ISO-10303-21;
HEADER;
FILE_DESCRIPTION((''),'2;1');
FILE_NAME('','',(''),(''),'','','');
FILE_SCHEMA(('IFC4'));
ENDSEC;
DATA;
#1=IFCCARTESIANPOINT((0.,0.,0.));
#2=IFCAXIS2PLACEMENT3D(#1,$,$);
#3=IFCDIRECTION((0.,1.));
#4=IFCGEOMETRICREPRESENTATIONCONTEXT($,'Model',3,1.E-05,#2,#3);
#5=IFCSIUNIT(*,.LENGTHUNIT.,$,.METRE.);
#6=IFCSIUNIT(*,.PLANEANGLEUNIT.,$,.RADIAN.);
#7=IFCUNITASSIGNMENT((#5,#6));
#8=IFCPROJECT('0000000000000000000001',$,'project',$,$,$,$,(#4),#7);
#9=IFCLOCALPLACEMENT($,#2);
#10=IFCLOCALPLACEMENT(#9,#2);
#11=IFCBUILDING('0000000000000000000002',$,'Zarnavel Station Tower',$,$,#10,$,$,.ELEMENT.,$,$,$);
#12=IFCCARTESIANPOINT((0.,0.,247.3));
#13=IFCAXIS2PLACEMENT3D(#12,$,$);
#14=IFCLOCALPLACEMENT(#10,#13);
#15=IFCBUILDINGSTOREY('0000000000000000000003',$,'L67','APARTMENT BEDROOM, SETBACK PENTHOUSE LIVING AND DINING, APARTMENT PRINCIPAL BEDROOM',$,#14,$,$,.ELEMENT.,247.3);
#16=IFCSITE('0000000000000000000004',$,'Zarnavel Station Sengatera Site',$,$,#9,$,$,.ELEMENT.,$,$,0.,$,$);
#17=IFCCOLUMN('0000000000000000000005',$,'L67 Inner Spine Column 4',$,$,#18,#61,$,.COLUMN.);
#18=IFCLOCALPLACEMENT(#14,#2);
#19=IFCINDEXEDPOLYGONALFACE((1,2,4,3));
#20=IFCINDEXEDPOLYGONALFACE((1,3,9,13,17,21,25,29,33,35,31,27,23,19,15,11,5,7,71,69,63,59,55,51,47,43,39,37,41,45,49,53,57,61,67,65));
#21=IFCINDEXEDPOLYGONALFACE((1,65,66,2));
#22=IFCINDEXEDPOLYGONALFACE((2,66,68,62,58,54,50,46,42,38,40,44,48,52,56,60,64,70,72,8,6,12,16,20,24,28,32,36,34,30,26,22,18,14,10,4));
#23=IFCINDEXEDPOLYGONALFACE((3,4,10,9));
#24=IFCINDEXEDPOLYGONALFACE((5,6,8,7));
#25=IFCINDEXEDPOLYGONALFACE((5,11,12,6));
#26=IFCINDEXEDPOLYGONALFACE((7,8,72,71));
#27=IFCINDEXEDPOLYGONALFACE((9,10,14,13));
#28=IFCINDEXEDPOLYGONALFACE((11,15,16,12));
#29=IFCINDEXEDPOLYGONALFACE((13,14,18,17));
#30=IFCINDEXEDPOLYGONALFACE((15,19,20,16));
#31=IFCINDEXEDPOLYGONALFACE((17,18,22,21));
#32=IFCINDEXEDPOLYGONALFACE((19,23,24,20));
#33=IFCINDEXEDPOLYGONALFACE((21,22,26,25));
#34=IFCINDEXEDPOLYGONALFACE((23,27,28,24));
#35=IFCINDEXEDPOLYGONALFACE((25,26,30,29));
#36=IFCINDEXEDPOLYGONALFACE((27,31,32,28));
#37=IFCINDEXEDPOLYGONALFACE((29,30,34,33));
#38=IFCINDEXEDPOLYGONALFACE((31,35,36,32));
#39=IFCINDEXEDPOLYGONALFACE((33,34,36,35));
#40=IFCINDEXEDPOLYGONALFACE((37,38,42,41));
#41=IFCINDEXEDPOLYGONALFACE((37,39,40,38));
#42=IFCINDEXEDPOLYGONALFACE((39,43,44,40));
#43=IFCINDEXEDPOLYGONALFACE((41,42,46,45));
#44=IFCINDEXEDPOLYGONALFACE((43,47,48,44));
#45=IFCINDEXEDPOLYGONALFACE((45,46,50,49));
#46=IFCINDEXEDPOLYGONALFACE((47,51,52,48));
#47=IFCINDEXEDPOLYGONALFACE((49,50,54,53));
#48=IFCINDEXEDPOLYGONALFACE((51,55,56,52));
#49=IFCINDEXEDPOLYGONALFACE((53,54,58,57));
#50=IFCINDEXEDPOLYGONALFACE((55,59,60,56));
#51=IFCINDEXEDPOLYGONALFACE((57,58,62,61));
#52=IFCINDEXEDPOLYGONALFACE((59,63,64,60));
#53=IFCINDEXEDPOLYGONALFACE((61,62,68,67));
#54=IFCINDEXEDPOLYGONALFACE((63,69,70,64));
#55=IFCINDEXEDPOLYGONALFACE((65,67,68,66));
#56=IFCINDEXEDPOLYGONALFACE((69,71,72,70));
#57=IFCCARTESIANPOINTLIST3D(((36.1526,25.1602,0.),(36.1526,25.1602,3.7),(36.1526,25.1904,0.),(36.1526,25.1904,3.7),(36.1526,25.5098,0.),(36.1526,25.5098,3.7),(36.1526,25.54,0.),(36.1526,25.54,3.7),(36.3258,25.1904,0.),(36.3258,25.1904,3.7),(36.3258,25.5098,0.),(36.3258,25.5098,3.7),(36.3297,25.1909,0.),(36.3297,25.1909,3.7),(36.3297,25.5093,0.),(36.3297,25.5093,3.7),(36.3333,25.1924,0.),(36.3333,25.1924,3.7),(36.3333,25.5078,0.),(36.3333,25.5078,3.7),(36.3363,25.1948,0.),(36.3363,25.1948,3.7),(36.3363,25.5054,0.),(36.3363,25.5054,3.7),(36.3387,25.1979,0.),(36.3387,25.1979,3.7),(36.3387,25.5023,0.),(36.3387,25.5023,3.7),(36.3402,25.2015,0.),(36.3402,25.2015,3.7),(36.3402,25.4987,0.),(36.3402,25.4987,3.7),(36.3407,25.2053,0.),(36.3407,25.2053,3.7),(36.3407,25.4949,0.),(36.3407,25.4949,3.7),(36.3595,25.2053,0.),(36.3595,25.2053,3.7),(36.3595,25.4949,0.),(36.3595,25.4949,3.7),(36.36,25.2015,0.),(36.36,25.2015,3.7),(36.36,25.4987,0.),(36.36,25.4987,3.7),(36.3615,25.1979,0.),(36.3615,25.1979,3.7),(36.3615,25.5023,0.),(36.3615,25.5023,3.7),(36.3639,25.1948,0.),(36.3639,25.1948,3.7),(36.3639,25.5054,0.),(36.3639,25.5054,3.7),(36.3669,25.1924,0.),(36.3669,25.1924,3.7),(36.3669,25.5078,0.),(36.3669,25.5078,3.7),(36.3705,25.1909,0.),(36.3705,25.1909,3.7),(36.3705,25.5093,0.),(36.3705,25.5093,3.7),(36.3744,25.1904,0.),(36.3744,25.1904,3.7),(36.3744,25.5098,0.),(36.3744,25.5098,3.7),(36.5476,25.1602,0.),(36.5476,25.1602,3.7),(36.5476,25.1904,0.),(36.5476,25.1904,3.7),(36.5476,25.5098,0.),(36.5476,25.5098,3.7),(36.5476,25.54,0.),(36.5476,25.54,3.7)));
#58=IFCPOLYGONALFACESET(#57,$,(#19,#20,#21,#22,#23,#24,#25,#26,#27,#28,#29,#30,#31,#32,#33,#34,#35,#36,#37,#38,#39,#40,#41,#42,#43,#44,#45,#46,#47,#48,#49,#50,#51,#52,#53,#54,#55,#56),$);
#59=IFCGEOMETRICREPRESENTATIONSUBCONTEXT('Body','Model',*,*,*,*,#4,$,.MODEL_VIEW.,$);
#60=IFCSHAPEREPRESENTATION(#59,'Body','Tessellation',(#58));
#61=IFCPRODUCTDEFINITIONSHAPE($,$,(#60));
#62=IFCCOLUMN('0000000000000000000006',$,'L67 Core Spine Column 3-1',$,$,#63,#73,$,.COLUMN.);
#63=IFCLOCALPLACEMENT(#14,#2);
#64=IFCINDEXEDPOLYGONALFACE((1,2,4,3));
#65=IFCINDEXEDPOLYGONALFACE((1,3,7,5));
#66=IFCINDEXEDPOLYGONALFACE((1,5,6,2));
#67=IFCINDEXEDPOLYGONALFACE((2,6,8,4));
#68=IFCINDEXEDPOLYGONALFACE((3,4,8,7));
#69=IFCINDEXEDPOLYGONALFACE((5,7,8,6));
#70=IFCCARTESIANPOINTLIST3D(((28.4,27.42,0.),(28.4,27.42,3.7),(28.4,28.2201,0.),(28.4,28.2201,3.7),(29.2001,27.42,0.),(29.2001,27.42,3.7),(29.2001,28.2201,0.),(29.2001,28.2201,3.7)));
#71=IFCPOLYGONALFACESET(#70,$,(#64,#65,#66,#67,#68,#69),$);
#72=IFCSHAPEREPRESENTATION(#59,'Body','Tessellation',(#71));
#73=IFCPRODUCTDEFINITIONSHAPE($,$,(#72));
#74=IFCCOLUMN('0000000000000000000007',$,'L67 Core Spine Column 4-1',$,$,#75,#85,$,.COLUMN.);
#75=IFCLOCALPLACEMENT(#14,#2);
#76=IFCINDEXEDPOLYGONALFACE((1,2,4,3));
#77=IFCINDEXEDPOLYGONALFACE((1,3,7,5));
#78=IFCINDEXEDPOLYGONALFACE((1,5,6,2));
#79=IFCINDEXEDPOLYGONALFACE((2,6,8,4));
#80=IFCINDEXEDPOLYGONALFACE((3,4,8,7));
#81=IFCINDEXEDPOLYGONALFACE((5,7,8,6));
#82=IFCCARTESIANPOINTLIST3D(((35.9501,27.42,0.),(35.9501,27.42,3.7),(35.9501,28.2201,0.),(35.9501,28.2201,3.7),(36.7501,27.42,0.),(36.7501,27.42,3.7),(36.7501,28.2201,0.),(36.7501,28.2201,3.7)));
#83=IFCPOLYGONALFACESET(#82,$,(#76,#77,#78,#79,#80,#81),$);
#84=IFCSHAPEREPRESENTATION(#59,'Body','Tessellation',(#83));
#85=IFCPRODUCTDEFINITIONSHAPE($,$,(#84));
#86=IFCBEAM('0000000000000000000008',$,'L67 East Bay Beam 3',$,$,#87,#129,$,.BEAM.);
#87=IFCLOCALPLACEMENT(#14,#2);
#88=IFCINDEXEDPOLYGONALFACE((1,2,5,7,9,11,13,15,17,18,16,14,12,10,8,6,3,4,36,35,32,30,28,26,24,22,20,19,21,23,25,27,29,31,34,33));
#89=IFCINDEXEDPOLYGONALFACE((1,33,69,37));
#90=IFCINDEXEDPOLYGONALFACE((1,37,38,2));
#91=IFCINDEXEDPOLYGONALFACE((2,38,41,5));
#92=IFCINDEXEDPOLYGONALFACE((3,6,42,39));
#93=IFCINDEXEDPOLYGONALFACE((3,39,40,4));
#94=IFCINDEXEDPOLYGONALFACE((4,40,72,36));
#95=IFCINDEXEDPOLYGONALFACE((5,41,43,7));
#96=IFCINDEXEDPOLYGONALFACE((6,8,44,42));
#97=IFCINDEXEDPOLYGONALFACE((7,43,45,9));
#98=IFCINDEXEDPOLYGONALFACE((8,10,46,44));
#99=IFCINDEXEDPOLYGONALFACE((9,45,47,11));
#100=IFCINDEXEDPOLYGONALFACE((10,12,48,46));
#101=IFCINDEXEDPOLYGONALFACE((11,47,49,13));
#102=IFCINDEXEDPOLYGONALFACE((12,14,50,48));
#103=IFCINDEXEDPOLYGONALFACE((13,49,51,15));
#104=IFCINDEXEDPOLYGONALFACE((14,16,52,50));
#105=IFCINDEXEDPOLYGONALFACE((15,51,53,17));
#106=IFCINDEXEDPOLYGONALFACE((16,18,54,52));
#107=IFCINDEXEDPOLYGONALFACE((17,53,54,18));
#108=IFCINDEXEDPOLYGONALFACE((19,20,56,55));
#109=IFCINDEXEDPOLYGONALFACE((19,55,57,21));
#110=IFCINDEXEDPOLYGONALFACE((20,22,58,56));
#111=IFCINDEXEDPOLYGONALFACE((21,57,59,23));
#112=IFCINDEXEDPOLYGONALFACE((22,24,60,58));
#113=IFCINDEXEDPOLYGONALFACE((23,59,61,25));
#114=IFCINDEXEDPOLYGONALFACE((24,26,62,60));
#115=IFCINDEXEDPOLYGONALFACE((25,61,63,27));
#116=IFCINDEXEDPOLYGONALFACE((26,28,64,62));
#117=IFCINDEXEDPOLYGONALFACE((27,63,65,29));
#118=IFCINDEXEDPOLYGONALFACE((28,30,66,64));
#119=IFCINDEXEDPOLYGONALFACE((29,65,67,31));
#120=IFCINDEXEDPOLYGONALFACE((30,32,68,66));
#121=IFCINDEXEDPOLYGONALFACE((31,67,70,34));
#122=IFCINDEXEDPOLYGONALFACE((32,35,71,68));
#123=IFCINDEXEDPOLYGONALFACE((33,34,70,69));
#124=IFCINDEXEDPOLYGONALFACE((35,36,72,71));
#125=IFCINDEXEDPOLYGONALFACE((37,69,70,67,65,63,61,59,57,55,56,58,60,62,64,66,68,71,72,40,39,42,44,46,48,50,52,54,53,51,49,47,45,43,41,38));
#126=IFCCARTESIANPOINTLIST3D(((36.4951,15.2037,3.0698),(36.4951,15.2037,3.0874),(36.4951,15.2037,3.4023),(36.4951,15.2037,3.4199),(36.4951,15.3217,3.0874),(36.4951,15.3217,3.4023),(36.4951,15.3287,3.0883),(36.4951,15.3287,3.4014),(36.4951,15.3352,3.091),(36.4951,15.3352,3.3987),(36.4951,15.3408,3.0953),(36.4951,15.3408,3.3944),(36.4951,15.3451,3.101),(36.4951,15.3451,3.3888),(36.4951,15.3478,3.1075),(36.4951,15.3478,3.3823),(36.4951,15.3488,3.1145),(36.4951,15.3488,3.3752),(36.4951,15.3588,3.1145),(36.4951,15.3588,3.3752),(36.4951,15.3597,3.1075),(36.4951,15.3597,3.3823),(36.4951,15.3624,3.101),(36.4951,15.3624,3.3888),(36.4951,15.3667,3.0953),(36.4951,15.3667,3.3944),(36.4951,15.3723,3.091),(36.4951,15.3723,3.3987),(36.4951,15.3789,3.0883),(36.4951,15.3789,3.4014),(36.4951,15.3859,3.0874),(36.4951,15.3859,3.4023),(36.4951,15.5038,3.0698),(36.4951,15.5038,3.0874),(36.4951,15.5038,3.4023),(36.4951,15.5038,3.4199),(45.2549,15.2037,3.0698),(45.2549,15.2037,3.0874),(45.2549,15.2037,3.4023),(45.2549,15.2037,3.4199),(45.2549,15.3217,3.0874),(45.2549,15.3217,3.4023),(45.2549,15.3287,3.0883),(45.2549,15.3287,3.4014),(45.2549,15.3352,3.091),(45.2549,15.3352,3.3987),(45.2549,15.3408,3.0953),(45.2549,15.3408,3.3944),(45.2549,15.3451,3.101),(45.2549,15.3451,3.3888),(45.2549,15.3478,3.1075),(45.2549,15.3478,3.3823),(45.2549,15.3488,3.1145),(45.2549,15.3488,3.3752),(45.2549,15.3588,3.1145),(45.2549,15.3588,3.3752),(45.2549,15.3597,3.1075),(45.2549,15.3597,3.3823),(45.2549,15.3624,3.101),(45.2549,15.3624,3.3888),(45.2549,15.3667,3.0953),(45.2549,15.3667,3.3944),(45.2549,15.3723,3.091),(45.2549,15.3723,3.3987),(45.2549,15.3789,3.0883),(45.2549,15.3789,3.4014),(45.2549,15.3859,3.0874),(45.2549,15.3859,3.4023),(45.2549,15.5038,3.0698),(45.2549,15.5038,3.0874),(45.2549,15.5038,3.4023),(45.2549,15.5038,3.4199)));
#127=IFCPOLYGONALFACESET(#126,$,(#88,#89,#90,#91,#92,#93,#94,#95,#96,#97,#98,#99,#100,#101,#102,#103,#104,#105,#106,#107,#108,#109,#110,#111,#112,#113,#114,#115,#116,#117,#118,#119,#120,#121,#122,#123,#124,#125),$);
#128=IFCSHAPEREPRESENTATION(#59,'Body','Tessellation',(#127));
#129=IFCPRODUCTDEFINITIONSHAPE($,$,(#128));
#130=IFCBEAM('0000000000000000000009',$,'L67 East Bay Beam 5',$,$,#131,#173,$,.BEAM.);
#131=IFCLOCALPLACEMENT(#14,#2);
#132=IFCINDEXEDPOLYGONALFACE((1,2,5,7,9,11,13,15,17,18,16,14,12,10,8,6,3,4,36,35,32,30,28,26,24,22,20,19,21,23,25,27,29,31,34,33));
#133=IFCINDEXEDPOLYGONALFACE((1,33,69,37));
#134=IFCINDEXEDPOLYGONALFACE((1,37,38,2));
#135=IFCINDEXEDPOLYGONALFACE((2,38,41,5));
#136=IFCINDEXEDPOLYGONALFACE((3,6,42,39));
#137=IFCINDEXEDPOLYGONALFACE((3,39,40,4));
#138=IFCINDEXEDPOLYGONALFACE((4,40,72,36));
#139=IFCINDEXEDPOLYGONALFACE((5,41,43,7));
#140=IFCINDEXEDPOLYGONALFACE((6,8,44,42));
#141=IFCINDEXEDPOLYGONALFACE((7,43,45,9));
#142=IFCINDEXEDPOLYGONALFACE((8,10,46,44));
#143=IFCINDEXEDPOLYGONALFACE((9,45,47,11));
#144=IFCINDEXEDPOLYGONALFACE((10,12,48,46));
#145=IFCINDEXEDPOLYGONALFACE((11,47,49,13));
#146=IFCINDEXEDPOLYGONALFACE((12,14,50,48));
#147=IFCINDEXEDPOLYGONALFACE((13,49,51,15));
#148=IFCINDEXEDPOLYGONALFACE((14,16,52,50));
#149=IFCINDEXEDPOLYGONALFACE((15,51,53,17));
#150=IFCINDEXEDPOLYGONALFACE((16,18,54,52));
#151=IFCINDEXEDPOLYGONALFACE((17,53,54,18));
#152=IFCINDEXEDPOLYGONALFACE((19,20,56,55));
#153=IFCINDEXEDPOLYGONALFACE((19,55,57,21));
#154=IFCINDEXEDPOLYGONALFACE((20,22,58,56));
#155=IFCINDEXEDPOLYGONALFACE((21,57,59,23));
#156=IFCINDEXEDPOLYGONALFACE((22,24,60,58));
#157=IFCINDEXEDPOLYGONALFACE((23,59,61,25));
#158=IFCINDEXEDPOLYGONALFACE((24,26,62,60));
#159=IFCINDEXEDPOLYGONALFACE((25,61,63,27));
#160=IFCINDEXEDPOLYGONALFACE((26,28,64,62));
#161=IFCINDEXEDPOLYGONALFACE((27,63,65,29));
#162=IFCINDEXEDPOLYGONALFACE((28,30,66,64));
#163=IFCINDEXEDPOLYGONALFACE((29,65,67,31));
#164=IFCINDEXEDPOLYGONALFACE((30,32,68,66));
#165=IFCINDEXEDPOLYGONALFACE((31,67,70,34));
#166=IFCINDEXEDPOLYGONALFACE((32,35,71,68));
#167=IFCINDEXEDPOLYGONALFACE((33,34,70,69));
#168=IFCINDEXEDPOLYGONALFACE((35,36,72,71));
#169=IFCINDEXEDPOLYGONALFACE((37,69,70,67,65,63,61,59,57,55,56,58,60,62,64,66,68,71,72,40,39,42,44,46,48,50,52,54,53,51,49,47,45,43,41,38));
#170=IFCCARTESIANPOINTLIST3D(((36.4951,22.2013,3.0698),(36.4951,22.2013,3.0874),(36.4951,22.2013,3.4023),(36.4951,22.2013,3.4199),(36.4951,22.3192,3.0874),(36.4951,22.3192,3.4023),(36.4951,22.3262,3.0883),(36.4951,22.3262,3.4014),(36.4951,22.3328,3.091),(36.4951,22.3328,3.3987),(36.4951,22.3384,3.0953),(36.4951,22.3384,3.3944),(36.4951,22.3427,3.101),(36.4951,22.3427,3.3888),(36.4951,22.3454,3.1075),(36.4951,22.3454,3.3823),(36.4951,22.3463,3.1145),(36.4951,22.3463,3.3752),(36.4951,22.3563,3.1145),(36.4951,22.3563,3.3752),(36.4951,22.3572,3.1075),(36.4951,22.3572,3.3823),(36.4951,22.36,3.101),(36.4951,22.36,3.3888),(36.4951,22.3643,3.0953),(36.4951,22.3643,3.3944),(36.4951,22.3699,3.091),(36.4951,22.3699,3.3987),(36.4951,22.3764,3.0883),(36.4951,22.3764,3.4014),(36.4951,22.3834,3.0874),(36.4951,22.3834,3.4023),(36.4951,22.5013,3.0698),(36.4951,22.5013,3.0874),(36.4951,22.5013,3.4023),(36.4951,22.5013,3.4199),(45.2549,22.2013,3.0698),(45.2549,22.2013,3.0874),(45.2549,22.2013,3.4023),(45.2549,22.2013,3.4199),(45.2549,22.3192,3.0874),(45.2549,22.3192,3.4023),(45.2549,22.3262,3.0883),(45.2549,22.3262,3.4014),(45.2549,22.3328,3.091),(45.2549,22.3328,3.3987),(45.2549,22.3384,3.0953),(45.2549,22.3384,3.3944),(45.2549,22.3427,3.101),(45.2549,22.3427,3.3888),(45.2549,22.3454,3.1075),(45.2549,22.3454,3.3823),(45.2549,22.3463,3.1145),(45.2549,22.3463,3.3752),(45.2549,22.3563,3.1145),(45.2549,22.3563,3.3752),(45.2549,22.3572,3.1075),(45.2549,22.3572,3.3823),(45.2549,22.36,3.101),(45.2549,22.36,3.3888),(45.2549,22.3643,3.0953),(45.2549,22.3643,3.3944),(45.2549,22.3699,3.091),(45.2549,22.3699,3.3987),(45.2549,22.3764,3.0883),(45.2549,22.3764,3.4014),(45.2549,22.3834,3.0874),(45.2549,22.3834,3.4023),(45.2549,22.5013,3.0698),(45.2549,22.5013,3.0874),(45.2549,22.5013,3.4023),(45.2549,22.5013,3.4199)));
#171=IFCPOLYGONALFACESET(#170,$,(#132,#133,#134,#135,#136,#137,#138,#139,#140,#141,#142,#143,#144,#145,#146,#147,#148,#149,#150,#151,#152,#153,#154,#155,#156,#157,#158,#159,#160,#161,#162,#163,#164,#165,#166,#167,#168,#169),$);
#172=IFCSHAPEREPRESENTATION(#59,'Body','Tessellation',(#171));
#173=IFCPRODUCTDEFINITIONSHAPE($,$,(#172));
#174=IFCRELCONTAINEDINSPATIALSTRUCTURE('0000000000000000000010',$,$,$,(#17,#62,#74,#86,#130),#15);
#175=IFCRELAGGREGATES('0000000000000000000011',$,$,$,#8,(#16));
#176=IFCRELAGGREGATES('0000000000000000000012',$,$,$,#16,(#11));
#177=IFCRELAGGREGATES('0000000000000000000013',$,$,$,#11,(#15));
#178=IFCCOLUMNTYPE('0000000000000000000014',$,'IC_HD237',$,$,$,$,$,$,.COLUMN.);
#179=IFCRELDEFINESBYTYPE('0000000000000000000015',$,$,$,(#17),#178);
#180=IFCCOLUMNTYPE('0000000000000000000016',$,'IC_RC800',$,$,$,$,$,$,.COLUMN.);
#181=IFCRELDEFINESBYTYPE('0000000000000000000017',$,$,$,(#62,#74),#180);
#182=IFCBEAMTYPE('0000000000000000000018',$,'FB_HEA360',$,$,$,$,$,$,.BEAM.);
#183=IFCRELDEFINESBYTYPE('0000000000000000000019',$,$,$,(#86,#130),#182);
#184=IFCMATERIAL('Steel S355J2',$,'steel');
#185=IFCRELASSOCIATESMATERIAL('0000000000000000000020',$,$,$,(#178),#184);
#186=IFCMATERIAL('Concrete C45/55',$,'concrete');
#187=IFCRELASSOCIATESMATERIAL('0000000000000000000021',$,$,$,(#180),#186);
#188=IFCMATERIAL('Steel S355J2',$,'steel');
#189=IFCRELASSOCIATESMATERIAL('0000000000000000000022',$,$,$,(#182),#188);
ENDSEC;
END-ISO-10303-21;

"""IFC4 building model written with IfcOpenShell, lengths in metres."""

from ifc_helpers import new_model, si_unit, direction, frame, origin, origin_2d, place, context, subcontext, project, spatial, rectangle, i_section, extrude, material, material_profile, profile_set, type_object, element, save


model = new_model("IFC4")

# Units and contexts
model_context = context("Model", 3, precision=1e-05, world=origin(), true_north=direction((0.0, 1.0)))
body_context = subcontext(model_context, "Body", "Model", "MODEL_VIEW")
ifc_project = project(units=[si_unit("LENGTHUNIT", "METRE"), si_unit("PLANEANGLEUNIT", "RADIAN")], contexts=[model_context])

# Site, building, storey
site_placement = place(None, origin())
site = spatial("IfcSite", under=ifc_project, at=site_placement, Name="Zarnavel Station Sengatera Site", CompositionType="ELEMENT", RefElevation=0.0)
building_placement = place(site_placement, origin())
building = spatial("IfcBuilding", under=site, at=building_placement, Name="Zarnavel Station Tower", CompositionType="ELEMENT")
storey_placement = place(building_placement, frame((0.0, 0.0, 247.3)))
storey = spatial("IfcBuildingStorey", under=building, at=storey_placement, Name="L67", Description="APARTMENT BEDROOM, SETBACK PENTHOUSE LIVING AND DINING, APARTMENT PRINCIPAL BEDROOM", CompositionType="ELEMENT", Elevation=247.3)

# Columns
ifc_material_1 = material(Name="Steel S355J2", Category="steel")
ifc_material_profile_1 = material_profile(ifc_material_1, i_section(OverallWidth=0.395, OverallDepth=0.3799, WebThickness=0.0188, FlangeThickness=0.0303, FilletRadius=0.0149, at=origin_2d()), Name="HD400x237")
ifc_profile_set_1 = profile_set([ifc_material_profile_1], Name="Steel S355J2")
column_type_1 = type_object("IfcColumnType", Name="IC_HD237", PredefinedType="COLUMN", material=ifc_profile_set_1)
column_placement = place(storey_placement, frame((36.3501, 25.3501, 0.0), z_axis=(0.0, 0.0, 1.0), x_axis=(1.0, 0.0, 0.0)))
element("IfcColumn", 1, at=column_placement, inside=storey, type_object=column_type_1, Name="L67 Inner Spine Column 4", PredefinedType="COLUMN", context=body_context, shape_type="SweptSolid", body=[
    extrude(i_section(OverallWidth=0.395, OverallDepth=0.3799, WebThickness=0.0188, FlangeThickness=0.0303, FilletRadius=0.0149, at=origin_2d()), origin(), (0.0, 0.0, 1.0), 3.7),
])
ifc_material_2 = material(Name="Concrete C45/55", Category="concrete")
ifc_material_profile_2 = material_profile(ifc_material_2, rectangle(XDim=0.8, YDim=0.8, at=origin_2d()), Name="RC800x800")
ifc_profile_set_2 = profile_set([ifc_material_profile_2], Name="Concrete C45/55")
column_type_2 = type_object("IfcColumnType", Name="IC_RC800", PredefinedType="COLUMN", material=ifc_profile_set_2)
for number, where, z_axis, x_axis, name in (
    (2, (28.8, 27.8201, 0.0), (0.0, 0.0, 1.0), (1.0, 0.0, 0.0), "L67 Core Spine Column 3-1"),
    (3, (36.3501, 27.8201, 0.0), (0.0, 0.0, 1.0), (1.0, 0.0, 0.0), "L67 Core Spine Column 4-1"),
):
    element("IfcColumn", number, at=place(storey_placement, frame(where, z_axis=z_axis, x_axis=x_axis)), inside=storey, type_object=column_type_2, Name=name, PredefinedType="COLUMN", context=body_context, shape_type="SweptSolid", body=[
        extrude(rectangle(XDim=0.8, YDim=0.8, at=origin_2d()), origin(), (0.0, 0.0, 1.0), 3.7),
    ])

# Beams
ifc_material_3 = material(Name="Steel S355J2", Category="steel")
ifc_material_profile_3 = material_profile(ifc_material_3, i_section(OverallWidth=0.3, OverallDepth=0.3501, WebThickness=0.01, FlangeThickness=0.0176, FilletRadius=0.0271, at=origin_2d()), Name="HEA360")
ifc_profile_set_3 = profile_set([ifc_material_profile_3], Name="Steel S355J2")
beam_type_1 = type_object("IfcBeamType", Name="FB_HEA360", PredefinedType="BEAM", material=ifc_profile_set_3)
for number, where, z_axis, x_axis, name in (
    (4, (36.4951, 15.3538, 3.2449), (1.0, 0.0, 0.0), (0.0, 1.0, 0.0), "L67 East Bay Beam 3"),
    (5, (36.4951, 22.3513, 3.2449), (1.0, 0.0, 0.0), (0.0, 1.0, 0.0), "L67 East Bay Beam 5"),
):
    element("IfcBeam", number, at=place(storey_placement, frame(where, z_axis=z_axis, x_axis=x_axis)), inside=storey, type_object=beam_type_1, Name=name, PredefinedType="BEAM", context=body_context, shape_type="SweptSolid", body=[
        extrude(i_section(OverallWidth=0.3, OverallDepth=0.3501, WebThickness=0.01, FlangeThickness=0.0176, FilletRadius=0.0271, at=origin_2d()), origin(), (0.0, 0.0, 1.0), 8.7598),
    ])

save(model, "model.ifc")
